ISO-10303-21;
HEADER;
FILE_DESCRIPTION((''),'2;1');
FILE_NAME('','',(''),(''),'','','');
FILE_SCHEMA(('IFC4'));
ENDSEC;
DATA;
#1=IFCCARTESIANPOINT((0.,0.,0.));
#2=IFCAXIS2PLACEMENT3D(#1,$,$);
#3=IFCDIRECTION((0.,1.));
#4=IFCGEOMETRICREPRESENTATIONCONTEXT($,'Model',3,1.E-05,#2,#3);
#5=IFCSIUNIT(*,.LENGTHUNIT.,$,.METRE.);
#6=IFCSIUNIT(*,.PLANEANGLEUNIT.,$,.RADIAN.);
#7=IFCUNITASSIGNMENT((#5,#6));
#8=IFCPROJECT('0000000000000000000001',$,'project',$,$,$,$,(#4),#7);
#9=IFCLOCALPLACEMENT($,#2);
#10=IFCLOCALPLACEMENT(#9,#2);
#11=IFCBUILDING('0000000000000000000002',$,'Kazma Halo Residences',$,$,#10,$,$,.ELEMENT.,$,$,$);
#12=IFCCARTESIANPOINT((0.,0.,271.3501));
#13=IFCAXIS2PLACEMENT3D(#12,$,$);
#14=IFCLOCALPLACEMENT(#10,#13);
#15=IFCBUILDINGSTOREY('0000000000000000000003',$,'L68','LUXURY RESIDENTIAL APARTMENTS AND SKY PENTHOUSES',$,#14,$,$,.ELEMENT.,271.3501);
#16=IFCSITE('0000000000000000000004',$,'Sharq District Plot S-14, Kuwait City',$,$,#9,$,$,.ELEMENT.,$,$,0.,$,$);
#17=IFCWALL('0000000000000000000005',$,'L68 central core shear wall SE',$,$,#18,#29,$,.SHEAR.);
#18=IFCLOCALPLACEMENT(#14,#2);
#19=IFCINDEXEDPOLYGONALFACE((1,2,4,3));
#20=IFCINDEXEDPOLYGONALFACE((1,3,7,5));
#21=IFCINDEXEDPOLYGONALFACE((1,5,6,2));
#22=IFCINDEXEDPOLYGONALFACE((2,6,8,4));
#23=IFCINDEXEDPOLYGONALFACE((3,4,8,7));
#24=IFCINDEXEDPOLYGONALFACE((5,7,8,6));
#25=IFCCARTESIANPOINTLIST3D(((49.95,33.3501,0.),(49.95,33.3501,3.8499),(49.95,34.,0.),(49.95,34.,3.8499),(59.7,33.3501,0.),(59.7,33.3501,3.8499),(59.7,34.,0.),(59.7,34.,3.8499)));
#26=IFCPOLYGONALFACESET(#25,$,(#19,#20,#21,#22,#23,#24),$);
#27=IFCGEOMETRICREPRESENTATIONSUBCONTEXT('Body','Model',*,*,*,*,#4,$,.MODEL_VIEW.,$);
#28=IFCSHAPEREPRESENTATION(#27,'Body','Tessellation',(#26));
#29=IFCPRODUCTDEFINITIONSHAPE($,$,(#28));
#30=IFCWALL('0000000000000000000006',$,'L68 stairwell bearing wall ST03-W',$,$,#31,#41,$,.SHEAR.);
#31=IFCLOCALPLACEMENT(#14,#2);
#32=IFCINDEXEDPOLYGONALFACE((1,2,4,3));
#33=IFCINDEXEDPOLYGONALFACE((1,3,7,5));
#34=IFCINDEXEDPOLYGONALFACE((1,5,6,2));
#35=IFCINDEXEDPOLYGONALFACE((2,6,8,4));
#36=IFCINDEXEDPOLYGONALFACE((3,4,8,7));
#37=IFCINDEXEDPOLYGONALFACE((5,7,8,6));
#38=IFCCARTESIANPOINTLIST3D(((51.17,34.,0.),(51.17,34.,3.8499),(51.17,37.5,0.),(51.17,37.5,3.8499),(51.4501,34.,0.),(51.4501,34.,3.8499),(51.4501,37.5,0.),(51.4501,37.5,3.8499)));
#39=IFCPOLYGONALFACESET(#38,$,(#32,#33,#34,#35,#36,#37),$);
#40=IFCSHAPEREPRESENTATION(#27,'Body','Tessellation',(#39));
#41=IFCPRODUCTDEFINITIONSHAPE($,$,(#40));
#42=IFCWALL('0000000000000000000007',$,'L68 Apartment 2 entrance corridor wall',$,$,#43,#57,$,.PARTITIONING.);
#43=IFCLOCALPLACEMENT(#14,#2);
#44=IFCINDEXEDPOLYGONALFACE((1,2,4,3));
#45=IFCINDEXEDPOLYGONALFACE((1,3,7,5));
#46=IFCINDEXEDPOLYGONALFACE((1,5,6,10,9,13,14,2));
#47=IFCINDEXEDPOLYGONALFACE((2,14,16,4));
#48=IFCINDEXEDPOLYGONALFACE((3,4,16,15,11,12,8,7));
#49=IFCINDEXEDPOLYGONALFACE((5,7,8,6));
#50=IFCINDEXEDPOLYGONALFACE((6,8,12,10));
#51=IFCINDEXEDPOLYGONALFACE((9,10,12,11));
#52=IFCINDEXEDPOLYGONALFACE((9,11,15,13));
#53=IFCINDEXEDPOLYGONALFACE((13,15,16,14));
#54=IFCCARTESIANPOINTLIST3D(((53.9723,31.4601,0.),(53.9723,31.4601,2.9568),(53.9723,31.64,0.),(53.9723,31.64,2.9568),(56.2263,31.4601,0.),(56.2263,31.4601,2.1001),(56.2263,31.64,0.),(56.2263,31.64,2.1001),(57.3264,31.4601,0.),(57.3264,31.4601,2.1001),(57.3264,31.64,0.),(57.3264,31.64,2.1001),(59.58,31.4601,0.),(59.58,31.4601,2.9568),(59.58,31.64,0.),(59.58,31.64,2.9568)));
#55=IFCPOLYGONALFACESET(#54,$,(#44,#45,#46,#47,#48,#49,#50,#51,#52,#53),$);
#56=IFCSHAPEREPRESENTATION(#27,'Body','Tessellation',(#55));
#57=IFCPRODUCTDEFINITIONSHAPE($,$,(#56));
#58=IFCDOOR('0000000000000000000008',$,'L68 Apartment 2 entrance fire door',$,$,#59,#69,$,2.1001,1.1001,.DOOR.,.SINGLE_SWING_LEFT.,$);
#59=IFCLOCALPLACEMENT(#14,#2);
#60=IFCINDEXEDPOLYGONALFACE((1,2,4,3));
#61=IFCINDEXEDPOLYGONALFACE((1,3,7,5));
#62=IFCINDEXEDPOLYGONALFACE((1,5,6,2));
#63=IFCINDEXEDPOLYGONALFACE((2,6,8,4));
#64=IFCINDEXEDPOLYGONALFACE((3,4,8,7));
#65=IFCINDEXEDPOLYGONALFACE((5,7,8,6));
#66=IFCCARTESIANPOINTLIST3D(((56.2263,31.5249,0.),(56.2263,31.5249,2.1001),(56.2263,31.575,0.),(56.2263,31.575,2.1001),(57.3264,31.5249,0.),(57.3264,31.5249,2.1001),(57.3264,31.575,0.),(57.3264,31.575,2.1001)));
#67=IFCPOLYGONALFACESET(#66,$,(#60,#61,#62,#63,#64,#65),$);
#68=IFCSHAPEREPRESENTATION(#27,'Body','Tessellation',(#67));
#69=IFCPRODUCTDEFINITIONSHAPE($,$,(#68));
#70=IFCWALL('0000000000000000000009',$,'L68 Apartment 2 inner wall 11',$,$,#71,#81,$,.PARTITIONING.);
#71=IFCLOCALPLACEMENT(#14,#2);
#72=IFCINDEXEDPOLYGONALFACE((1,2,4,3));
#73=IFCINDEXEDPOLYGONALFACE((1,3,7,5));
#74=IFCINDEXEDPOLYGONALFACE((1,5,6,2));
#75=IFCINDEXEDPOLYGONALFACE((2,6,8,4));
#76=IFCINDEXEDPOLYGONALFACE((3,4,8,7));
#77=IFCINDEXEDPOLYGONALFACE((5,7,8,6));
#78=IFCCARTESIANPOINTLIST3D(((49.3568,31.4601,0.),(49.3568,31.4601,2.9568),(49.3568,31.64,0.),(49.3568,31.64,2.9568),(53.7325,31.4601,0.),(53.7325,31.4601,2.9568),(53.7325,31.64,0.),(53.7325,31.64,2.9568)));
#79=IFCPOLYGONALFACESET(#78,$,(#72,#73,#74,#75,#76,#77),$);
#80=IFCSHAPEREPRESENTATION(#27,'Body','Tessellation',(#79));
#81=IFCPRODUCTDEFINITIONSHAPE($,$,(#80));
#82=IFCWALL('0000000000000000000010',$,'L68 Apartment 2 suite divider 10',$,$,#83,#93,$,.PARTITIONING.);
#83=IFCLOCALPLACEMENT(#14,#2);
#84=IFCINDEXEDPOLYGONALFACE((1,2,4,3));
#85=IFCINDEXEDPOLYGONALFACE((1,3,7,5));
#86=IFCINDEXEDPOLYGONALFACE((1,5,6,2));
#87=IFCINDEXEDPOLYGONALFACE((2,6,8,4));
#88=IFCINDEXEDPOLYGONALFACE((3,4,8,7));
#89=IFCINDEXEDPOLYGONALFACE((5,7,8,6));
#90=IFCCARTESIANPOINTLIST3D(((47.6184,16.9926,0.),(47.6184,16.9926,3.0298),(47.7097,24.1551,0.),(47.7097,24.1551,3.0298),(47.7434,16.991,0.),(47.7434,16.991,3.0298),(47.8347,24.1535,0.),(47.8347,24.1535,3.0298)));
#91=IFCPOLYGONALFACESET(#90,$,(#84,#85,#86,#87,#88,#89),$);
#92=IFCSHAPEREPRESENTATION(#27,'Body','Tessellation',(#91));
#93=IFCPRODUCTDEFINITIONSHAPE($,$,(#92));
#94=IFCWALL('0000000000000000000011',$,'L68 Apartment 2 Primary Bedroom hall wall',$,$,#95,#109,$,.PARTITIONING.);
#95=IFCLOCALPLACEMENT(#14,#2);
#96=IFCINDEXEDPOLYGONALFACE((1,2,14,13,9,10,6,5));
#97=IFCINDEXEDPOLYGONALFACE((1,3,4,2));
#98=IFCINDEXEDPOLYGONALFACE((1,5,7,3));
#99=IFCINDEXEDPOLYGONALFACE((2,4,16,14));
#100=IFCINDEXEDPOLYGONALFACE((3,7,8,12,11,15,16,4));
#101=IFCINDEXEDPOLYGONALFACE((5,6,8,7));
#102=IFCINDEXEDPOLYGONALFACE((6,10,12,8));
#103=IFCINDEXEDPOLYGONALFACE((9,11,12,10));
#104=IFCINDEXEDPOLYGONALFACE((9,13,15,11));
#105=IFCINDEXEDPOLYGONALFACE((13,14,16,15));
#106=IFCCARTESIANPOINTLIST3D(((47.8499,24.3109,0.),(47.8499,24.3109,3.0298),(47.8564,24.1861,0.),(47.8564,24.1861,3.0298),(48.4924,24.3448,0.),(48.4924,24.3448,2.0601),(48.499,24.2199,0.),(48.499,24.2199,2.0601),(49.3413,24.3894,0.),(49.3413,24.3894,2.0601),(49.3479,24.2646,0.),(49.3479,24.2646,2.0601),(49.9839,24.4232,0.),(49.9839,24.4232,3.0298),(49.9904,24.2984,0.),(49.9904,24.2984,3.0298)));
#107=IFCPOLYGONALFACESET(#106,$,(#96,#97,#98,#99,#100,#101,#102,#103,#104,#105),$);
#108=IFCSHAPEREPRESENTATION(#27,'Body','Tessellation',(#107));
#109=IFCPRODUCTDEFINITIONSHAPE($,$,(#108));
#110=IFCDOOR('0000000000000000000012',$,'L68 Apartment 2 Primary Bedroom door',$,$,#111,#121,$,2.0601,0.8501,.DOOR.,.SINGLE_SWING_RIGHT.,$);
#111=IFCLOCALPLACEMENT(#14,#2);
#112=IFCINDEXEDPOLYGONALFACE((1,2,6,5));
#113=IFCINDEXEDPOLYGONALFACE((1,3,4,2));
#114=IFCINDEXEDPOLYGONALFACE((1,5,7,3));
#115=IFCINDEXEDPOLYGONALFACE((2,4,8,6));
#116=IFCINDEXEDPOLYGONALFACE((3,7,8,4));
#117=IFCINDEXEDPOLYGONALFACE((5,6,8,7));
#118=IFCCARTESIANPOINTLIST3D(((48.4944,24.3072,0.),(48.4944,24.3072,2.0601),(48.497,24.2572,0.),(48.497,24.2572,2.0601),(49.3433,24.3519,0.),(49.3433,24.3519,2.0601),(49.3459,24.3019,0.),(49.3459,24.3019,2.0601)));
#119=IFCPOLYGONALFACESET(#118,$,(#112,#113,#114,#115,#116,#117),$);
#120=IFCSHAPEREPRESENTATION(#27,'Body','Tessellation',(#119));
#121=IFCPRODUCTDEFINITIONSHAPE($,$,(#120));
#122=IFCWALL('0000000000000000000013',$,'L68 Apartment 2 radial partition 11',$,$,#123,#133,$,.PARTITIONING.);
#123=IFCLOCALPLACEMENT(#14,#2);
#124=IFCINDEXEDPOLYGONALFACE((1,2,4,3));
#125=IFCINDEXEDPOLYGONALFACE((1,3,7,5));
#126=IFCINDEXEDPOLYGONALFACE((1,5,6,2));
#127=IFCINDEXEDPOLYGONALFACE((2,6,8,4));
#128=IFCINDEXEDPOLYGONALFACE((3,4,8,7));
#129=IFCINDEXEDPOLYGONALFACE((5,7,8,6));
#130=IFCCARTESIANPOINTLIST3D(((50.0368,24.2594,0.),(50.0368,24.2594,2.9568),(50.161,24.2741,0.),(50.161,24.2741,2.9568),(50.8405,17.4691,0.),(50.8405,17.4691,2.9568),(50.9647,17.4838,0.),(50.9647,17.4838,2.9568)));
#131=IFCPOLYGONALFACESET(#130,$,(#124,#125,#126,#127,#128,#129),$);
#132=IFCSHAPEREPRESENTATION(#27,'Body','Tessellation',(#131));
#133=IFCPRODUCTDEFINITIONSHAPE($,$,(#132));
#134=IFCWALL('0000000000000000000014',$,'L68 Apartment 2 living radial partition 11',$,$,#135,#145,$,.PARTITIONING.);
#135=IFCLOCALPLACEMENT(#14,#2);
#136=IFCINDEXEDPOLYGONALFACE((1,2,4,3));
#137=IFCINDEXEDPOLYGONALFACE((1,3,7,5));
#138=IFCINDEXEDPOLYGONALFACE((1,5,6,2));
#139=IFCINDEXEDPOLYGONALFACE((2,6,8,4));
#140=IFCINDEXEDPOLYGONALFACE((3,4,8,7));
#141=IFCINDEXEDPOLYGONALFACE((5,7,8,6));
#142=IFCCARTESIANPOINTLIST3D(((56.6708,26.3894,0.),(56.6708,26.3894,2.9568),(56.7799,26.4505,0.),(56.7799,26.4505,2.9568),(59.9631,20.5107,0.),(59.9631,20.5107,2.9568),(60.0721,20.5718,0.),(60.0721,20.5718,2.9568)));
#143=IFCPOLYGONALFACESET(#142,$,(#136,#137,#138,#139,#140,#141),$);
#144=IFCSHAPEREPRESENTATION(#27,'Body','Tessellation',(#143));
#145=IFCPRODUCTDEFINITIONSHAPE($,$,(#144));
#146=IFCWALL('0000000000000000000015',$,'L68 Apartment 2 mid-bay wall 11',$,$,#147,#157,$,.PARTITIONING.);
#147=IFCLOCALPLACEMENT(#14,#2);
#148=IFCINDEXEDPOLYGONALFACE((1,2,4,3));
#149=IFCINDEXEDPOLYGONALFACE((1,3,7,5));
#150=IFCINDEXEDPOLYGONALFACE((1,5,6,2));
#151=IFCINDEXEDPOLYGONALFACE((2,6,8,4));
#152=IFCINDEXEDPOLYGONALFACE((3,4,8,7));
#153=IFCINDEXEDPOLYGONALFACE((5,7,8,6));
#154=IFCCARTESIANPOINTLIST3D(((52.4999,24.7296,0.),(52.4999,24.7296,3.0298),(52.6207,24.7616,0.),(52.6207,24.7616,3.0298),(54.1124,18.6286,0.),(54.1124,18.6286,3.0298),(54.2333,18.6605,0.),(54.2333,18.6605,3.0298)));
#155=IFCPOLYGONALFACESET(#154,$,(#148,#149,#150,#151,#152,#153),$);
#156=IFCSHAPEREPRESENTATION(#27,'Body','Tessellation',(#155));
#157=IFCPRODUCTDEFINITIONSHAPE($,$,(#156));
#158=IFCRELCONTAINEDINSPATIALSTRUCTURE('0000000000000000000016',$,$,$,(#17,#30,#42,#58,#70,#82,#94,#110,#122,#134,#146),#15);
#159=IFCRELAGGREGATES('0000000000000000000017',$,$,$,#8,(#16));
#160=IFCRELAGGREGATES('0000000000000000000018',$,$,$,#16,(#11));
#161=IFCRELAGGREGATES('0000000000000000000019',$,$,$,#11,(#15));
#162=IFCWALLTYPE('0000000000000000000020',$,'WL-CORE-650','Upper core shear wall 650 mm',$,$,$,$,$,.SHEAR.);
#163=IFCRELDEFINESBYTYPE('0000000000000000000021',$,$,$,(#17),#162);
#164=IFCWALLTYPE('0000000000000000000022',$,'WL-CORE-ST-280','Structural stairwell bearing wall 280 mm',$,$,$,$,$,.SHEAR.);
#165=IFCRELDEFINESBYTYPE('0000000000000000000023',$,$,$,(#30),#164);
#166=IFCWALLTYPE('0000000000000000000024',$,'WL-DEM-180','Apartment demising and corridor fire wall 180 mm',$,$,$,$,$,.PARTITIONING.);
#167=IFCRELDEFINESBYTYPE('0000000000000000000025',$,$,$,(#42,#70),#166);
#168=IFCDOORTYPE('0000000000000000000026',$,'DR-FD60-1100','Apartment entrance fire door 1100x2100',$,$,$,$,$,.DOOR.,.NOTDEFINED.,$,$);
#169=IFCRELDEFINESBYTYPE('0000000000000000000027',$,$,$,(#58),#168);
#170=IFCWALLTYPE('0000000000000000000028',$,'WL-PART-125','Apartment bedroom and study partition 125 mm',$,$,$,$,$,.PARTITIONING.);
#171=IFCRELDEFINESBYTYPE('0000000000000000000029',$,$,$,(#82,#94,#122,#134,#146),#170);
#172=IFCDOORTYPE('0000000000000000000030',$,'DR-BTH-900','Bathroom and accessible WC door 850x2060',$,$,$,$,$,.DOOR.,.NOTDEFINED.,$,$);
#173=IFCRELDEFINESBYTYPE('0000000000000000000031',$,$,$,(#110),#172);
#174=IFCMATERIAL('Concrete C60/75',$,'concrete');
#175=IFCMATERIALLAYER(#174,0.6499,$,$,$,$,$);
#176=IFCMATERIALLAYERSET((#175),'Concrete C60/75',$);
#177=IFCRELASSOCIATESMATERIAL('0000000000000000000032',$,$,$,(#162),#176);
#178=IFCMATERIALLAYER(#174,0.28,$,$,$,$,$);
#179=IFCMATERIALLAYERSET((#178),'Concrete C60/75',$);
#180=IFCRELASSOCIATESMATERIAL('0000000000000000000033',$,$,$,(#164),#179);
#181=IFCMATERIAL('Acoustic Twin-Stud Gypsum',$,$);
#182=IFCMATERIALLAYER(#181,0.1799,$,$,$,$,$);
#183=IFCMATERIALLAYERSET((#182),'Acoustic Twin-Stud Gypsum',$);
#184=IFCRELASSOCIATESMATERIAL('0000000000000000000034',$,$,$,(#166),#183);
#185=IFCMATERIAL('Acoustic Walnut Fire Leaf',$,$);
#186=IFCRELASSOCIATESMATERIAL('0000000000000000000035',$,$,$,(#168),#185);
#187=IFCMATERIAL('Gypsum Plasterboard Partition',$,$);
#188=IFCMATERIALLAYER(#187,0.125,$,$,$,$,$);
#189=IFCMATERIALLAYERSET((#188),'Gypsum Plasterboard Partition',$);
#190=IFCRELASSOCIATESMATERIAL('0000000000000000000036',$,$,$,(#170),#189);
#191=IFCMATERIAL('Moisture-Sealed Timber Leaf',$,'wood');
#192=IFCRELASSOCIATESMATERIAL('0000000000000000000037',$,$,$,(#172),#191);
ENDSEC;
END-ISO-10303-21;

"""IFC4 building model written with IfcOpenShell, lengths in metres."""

from ifc_helpers import new_model, si_unit, direction, frame, frame_2d, origin, place, context, subcontext, project, spatial, rectangle, extrude, material, layer, layer_set, type_object, element, fill, save


model = new_model("IFC4")

# Units and contexts
model_context = context("Model", 3, precision=1e-05, world=origin(), true_north=direction((0.0, 1.0)))
body_context = subcontext(model_context, "Body", "Model", "MODEL_VIEW")
ifc_project = project(units=[si_unit("LENGTHUNIT", "METRE"), si_unit("PLANEANGLEUNIT", "RADIAN")], contexts=[model_context])

# Site, building, storey
site_placement = place(None, origin())
site = spatial("IfcSite", under=ifc_project, at=site_placement, Name="Sharq District Plot S-14, Kuwait City", CompositionType="ELEMENT", RefElevation=0.0)
building_placement = place(site_placement, origin())
building = spatial("IfcBuilding", under=site, at=building_placement, Name="Kazma Halo Residences", CompositionType="ELEMENT")
storey_placement = place(building_placement, frame((0.0, 0.0, 271.3501)))
storey = spatial("IfcBuildingStorey", under=building, at=storey_placement, Name="L68", Description="LUXURY RESIDENTIAL APARTMENTS AND SKY PENTHOUSES", CompositionType="ELEMENT", Elevation=271.3501)

# Shared definitions
ifc_material_1 = material(Name="Concrete C60/75", Category="concrete")

# Walls
ifc_layer_1 = layer(ifc_material_1, 0.6499)
ifc_layer_set_1 = layer_set([ifc_layer_1], Name="Concrete C60/75")
wall_type_1 = type_object("IfcWallType", Name="WL-CORE-650", Description="Upper core shear wall 650 mm", PredefinedType="SHEAR", material=ifc_layer_set_1)
wall_1_placement = place(storey_placement, frame((49.95, 33.675, 0.0), z_axis=(0.0, 0.0, 1.0), x_axis=(1.0, 0.0, 0.0)))
element("IfcWall", 1, at=wall_1_placement, inside=storey, type_object=wall_type_1, Name="L68 central core shear wall SE", PredefinedType="SHEAR", context=body_context, shape_type="SweptSolid", body=[
    extrude(rectangle(XDim=9.75, YDim=0.6499, at=frame_2d((4.875, 0.0))), origin(), (0.0, 0.0, 1.0), 3.8499),
])
ifc_layer_2 = layer(ifc_material_1, 0.28)
ifc_layer_set_2 = layer_set([ifc_layer_2], Name="Concrete C60/75")
wall_type_2 = type_object("IfcWallType", Name="WL-CORE-ST-280", Description="Structural stairwell bearing wall 280 mm", PredefinedType="SHEAR", material=ifc_layer_set_2)
wall_2_placement = place(storey_placement, frame((51.3101, 34.0, 0.0), z_axis=(0.0, 0.0, 1.0), x_axis=(0.0, 1.0, 0.0)))
element("IfcWall", 2, at=wall_2_placement, inside=storey, type_object=wall_type_2, Name="L68 stairwell bearing wall ST03-W", PredefinedType="SHEAR", context=body_context, shape_type="SweptSolid", body=[
    extrude(rectangle(XDim=3.5, YDim=0.28, at=frame_2d((1.75, 0.0))), origin(), (0.0, 0.0, 1.0), 3.8499),
])

# Wall, opening, door
ifc_material_2 = material(Name="Acoustic Twin-Stud Gypsum")
ifc_layer_3 = layer(ifc_material_2, 0.1799)
ifc_layer_set_3 = layer_set([ifc_layer_3], Name="Acoustic Twin-Stud Gypsum")
wall_type_3 = type_object("IfcWallType", Name="WL-DEM-180", Description="Apartment demising and corridor fire wall 180 mm", PredefinedType="PARTITIONING", material=ifc_layer_set_3)
wall_3_placement = place(storey_placement, frame((53.9724, 31.55, 0.0), z_axis=(0.0, 0.0, 1.0), x_axis=(1.0, 0.0, 0.0)))
wall_3 = element("IfcWall", 3, at=wall_3_placement, inside=storey, type_object=wall_type_3, Name="L68 Apartment 2 entrance corridor wall", PredefinedType="PARTITIONING", context=body_context, shape_type="SweptSolid", body=[
    extrude(rectangle(XDim=5.6077, YDim=0.1799, at=frame_2d((2.8037, 0.0))), origin(), (0.0, 0.0, 1.0), 2.9568),
])
opening_1_placement = place(wall_3_placement, frame((2.2539, 0.0, 0.0)))
opening_1 = element("IfcOpeningElement", 4, at=opening_1_placement, cuts=wall_3, PredefinedType="OPENING", context=body_context, shape_type="SweptSolid", body=[
    extrude(rectangle(XDim=1.1001, YDim=2.1001, at=frame_2d((0.55, 1.05))), frame((0.0, 0.0999, 0.0), z_axis=(0.0, -1.0, 0.0), x_axis=(1.0, 0.0, 0.0)), (0.0, 0.0, 1.0), 0.2),
])
ifc_material_3 = material(Name="Acoustic Walnut Fire Leaf")
door_type_1 = type_object("IfcDoorType", Name="DR-FD60-1100", Description="Apartment entrance fire door 1100x2100", OperationType="NOTDEFINED", PredefinedType="DOOR", material=ifc_material_3)
door_1_placement = place(opening_1_placement, origin())
door_1 = element("IfcDoor", 5, at=door_1_placement, inside=storey, type_object=door_type_1, Name="L68 Apartment 2 entrance fire door", OperationType="SINGLE_SWING_LEFT", OverallHeight=2.1001, OverallWidth=1.1001, PredefinedType="DOOR", context=body_context, shape_type="SweptSolid", body=[
    extrude(rectangle(XDim=1.1001, YDim=2.1001, at=frame_2d((0.55, 1.05))), frame((0.0, 0.0249, 0.0), z_axis=(0.0, -1.0, 0.0), x_axis=(1.0, 0.0, 0.0)), (0.0, 0.0, 1.0), 0.05),
])
fill(opening_1, door_1)

# Wall
wall_4_placement = place(storey_placement, frame((49.3567, 31.55, 0.0), z_axis=(0.0, 0.0, 1.0), x_axis=(1.0, 0.0, 0.0)))
element("IfcWall", 6, at=wall_4_placement, inside=storey, type_object=wall_type_3, Name="L68 Apartment 2 inner wall 11", PredefinedType="PARTITIONING", context=body_context, shape_type="SweptSolid", body=[
    extrude(rectangle(XDim=4.3757, YDim=0.1799, at=frame_2d((2.188, 0.0))), origin(), (0.0, 0.0, 1.0), 2.9568),
])

# Wall
ifc_material_4 = material(Name="Gypsum Plasterboard Partition")
ifc_layer_4 = layer(ifc_material_4, 0.125)
ifc_layer_set_4 = layer_set([ifc_layer_4], Name="Gypsum Plasterboard Partition")
wall_type_4 = type_object("IfcWallType", Name="WL-PART-125", Description="Apartment bedroom and study partition 125 mm", PredefinedType="PARTITIONING", material=ifc_layer_set_4)
wall_5_placement = place(storey_placement, frame((47.7722, 24.1543, 0.0), z_axis=(0.0, 0.0, 1.0), x_axis=(-0.012747, -0.999919, 0.0)))
element("IfcWall", 7, at=wall_5_placement, inside=storey, type_object=wall_type_4, Name="L68 Apartment 2 suite divider 10", PredefinedType="PARTITIONING", context=body_context, shape_type="SweptSolid", body=[
    extrude(rectangle(XDim=7.1631, YDim=0.125, at=frame_2d((3.5815, 0.0))), origin(), (0.0, 0.0, 1.0), 3.0298),
])

# Wall, opening, door
wall_6_placement = place(storey_placement, frame((47.8533, 24.2485, 0.0), z_axis=(0.0, 0.0, 1.0), x_axis=(0.998618, 0.052553, 0.0)))
wall_6 = element("IfcWall", 8, at=wall_6_placement, inside=storey, type_object=wall_type_4, Name="L68 Apartment 2 Primary Bedroom hall wall", PredefinedType="PARTITIONING", context=body_context, shape_type="SweptSolid", body=[
    extrude(rectangle(XDim=2.137, YDim=0.125, at=frame_2d((1.0684, 0.0))), origin(), (0.0, 0.0, 1.0), 3.0298),
])
opening_2_placement = place(wall_6_placement, frame((0.6433, 0.0, 0.0)))
opening_2 = element("IfcOpeningElement", 9, at=opening_2_placement, cuts=wall_6, PredefinedType="OPENING", context=body_context, shape_type="SweptSolid", body=[
    extrude(rectangle(XDim=0.8501, YDim=2.0601, at=frame_2d((0.425, 1.03))), frame((0.0, 0.0725, 0.0), z_axis=(0.0, -1.0, 0.0), x_axis=(1.0, 0.0, 0.0)), (0.0, 0.0, 1.0), 0.145),
])
ifc_material_5 = material(Name="Moisture-Sealed Timber Leaf", Category="wood")
door_type_2 = type_object("IfcDoorType", Name="DR-BTH-900", Description="Bathroom and accessible WC door 850x2060", OperationType="NOTDEFINED", PredefinedType="DOOR", material=ifc_material_5)
door_2_placement = place(opening_2_placement, origin())
door_2 = element("IfcDoor", 10, at=door_2_placement, inside=storey, type_object=door_type_2, Name="L68 Apartment 2 Primary Bedroom door", OperationType="SINGLE_SWING_RIGHT", OverallHeight=2.0601, OverallWidth=0.8501, PredefinedType="DOOR", context=body_context, shape_type="SweptSolid", body=[
    extrude(rectangle(XDim=0.8501, YDim=2.0601, at=frame_2d((0.425, 1.03))), frame((0.0, 0.0249, 0.0), z_axis=(0.0, -1.0, 0.0), x_axis=(1.0, 0.0, 0.0)), (0.0, 0.0, 1.0), 0.05),
])
fill(opening_2, door_2)

# Walls
wall_7_placement = place(storey_placement, frame((50.0989, 24.2668, 0.0), z_axis=(0.0, 0.0, 1.0), x_axis=(0.117541, -0.993068, 0.0)))
element("IfcWall", 11, at=wall_7_placement, inside=storey, type_object=wall_type_4, Name="L68 Apartment 2 radial partition 11", PredefinedType="PARTITIONING", context=body_context, shape_type="SweptSolid", body=[
    extrude(rectangle(XDim=6.8376, YDim=0.125, at=frame_2d((3.4189, 0.0))), origin(), (0.0, 0.0, 1.0), 2.9568),
])
wall_8_placement = place(storey_placement, frame((56.7253, 26.4199, 0.0), z_axis=(0.0, 0.0, 1.0), x_axis=(0.488624, -0.872494, 0.0)))
element("IfcWall", 12, at=wall_8_placement, inside=storey, type_object=wall_type_4, Name="L68 Apartment 2 living radial partition 11", PredefinedType="PARTITIONING", context=body_context, shape_type="SweptSolid", body=[
    extrude(rectangle(XDim=6.7378, YDim=0.125, at=frame_2d((3.3689, 0.0))), origin(), (0.0, 0.0, 1.0), 2.9568),
])
wall_9_placement = place(storey_placement, frame((52.5603, 24.7456, 0.0), z_axis=(0.0, 0.0, 1.0), x_axis=(0.255531, -0.966801, 0.0)))
element("IfcWall", 13, at=wall_9_placement, inside=storey, type_object=wall_type_4, Name="L68 Apartment 2 mid-bay wall 11", PredefinedType="PARTITIONING", context=body_context, shape_type="SweptSolid", body=[
    extrude(rectangle(XDim=6.3105, YDim=0.125, at=frame_2d((3.1553, 0.0))), origin(), (0.0, 0.0, 1.0), 3.0298),
])

save(model, "model.ifc")
